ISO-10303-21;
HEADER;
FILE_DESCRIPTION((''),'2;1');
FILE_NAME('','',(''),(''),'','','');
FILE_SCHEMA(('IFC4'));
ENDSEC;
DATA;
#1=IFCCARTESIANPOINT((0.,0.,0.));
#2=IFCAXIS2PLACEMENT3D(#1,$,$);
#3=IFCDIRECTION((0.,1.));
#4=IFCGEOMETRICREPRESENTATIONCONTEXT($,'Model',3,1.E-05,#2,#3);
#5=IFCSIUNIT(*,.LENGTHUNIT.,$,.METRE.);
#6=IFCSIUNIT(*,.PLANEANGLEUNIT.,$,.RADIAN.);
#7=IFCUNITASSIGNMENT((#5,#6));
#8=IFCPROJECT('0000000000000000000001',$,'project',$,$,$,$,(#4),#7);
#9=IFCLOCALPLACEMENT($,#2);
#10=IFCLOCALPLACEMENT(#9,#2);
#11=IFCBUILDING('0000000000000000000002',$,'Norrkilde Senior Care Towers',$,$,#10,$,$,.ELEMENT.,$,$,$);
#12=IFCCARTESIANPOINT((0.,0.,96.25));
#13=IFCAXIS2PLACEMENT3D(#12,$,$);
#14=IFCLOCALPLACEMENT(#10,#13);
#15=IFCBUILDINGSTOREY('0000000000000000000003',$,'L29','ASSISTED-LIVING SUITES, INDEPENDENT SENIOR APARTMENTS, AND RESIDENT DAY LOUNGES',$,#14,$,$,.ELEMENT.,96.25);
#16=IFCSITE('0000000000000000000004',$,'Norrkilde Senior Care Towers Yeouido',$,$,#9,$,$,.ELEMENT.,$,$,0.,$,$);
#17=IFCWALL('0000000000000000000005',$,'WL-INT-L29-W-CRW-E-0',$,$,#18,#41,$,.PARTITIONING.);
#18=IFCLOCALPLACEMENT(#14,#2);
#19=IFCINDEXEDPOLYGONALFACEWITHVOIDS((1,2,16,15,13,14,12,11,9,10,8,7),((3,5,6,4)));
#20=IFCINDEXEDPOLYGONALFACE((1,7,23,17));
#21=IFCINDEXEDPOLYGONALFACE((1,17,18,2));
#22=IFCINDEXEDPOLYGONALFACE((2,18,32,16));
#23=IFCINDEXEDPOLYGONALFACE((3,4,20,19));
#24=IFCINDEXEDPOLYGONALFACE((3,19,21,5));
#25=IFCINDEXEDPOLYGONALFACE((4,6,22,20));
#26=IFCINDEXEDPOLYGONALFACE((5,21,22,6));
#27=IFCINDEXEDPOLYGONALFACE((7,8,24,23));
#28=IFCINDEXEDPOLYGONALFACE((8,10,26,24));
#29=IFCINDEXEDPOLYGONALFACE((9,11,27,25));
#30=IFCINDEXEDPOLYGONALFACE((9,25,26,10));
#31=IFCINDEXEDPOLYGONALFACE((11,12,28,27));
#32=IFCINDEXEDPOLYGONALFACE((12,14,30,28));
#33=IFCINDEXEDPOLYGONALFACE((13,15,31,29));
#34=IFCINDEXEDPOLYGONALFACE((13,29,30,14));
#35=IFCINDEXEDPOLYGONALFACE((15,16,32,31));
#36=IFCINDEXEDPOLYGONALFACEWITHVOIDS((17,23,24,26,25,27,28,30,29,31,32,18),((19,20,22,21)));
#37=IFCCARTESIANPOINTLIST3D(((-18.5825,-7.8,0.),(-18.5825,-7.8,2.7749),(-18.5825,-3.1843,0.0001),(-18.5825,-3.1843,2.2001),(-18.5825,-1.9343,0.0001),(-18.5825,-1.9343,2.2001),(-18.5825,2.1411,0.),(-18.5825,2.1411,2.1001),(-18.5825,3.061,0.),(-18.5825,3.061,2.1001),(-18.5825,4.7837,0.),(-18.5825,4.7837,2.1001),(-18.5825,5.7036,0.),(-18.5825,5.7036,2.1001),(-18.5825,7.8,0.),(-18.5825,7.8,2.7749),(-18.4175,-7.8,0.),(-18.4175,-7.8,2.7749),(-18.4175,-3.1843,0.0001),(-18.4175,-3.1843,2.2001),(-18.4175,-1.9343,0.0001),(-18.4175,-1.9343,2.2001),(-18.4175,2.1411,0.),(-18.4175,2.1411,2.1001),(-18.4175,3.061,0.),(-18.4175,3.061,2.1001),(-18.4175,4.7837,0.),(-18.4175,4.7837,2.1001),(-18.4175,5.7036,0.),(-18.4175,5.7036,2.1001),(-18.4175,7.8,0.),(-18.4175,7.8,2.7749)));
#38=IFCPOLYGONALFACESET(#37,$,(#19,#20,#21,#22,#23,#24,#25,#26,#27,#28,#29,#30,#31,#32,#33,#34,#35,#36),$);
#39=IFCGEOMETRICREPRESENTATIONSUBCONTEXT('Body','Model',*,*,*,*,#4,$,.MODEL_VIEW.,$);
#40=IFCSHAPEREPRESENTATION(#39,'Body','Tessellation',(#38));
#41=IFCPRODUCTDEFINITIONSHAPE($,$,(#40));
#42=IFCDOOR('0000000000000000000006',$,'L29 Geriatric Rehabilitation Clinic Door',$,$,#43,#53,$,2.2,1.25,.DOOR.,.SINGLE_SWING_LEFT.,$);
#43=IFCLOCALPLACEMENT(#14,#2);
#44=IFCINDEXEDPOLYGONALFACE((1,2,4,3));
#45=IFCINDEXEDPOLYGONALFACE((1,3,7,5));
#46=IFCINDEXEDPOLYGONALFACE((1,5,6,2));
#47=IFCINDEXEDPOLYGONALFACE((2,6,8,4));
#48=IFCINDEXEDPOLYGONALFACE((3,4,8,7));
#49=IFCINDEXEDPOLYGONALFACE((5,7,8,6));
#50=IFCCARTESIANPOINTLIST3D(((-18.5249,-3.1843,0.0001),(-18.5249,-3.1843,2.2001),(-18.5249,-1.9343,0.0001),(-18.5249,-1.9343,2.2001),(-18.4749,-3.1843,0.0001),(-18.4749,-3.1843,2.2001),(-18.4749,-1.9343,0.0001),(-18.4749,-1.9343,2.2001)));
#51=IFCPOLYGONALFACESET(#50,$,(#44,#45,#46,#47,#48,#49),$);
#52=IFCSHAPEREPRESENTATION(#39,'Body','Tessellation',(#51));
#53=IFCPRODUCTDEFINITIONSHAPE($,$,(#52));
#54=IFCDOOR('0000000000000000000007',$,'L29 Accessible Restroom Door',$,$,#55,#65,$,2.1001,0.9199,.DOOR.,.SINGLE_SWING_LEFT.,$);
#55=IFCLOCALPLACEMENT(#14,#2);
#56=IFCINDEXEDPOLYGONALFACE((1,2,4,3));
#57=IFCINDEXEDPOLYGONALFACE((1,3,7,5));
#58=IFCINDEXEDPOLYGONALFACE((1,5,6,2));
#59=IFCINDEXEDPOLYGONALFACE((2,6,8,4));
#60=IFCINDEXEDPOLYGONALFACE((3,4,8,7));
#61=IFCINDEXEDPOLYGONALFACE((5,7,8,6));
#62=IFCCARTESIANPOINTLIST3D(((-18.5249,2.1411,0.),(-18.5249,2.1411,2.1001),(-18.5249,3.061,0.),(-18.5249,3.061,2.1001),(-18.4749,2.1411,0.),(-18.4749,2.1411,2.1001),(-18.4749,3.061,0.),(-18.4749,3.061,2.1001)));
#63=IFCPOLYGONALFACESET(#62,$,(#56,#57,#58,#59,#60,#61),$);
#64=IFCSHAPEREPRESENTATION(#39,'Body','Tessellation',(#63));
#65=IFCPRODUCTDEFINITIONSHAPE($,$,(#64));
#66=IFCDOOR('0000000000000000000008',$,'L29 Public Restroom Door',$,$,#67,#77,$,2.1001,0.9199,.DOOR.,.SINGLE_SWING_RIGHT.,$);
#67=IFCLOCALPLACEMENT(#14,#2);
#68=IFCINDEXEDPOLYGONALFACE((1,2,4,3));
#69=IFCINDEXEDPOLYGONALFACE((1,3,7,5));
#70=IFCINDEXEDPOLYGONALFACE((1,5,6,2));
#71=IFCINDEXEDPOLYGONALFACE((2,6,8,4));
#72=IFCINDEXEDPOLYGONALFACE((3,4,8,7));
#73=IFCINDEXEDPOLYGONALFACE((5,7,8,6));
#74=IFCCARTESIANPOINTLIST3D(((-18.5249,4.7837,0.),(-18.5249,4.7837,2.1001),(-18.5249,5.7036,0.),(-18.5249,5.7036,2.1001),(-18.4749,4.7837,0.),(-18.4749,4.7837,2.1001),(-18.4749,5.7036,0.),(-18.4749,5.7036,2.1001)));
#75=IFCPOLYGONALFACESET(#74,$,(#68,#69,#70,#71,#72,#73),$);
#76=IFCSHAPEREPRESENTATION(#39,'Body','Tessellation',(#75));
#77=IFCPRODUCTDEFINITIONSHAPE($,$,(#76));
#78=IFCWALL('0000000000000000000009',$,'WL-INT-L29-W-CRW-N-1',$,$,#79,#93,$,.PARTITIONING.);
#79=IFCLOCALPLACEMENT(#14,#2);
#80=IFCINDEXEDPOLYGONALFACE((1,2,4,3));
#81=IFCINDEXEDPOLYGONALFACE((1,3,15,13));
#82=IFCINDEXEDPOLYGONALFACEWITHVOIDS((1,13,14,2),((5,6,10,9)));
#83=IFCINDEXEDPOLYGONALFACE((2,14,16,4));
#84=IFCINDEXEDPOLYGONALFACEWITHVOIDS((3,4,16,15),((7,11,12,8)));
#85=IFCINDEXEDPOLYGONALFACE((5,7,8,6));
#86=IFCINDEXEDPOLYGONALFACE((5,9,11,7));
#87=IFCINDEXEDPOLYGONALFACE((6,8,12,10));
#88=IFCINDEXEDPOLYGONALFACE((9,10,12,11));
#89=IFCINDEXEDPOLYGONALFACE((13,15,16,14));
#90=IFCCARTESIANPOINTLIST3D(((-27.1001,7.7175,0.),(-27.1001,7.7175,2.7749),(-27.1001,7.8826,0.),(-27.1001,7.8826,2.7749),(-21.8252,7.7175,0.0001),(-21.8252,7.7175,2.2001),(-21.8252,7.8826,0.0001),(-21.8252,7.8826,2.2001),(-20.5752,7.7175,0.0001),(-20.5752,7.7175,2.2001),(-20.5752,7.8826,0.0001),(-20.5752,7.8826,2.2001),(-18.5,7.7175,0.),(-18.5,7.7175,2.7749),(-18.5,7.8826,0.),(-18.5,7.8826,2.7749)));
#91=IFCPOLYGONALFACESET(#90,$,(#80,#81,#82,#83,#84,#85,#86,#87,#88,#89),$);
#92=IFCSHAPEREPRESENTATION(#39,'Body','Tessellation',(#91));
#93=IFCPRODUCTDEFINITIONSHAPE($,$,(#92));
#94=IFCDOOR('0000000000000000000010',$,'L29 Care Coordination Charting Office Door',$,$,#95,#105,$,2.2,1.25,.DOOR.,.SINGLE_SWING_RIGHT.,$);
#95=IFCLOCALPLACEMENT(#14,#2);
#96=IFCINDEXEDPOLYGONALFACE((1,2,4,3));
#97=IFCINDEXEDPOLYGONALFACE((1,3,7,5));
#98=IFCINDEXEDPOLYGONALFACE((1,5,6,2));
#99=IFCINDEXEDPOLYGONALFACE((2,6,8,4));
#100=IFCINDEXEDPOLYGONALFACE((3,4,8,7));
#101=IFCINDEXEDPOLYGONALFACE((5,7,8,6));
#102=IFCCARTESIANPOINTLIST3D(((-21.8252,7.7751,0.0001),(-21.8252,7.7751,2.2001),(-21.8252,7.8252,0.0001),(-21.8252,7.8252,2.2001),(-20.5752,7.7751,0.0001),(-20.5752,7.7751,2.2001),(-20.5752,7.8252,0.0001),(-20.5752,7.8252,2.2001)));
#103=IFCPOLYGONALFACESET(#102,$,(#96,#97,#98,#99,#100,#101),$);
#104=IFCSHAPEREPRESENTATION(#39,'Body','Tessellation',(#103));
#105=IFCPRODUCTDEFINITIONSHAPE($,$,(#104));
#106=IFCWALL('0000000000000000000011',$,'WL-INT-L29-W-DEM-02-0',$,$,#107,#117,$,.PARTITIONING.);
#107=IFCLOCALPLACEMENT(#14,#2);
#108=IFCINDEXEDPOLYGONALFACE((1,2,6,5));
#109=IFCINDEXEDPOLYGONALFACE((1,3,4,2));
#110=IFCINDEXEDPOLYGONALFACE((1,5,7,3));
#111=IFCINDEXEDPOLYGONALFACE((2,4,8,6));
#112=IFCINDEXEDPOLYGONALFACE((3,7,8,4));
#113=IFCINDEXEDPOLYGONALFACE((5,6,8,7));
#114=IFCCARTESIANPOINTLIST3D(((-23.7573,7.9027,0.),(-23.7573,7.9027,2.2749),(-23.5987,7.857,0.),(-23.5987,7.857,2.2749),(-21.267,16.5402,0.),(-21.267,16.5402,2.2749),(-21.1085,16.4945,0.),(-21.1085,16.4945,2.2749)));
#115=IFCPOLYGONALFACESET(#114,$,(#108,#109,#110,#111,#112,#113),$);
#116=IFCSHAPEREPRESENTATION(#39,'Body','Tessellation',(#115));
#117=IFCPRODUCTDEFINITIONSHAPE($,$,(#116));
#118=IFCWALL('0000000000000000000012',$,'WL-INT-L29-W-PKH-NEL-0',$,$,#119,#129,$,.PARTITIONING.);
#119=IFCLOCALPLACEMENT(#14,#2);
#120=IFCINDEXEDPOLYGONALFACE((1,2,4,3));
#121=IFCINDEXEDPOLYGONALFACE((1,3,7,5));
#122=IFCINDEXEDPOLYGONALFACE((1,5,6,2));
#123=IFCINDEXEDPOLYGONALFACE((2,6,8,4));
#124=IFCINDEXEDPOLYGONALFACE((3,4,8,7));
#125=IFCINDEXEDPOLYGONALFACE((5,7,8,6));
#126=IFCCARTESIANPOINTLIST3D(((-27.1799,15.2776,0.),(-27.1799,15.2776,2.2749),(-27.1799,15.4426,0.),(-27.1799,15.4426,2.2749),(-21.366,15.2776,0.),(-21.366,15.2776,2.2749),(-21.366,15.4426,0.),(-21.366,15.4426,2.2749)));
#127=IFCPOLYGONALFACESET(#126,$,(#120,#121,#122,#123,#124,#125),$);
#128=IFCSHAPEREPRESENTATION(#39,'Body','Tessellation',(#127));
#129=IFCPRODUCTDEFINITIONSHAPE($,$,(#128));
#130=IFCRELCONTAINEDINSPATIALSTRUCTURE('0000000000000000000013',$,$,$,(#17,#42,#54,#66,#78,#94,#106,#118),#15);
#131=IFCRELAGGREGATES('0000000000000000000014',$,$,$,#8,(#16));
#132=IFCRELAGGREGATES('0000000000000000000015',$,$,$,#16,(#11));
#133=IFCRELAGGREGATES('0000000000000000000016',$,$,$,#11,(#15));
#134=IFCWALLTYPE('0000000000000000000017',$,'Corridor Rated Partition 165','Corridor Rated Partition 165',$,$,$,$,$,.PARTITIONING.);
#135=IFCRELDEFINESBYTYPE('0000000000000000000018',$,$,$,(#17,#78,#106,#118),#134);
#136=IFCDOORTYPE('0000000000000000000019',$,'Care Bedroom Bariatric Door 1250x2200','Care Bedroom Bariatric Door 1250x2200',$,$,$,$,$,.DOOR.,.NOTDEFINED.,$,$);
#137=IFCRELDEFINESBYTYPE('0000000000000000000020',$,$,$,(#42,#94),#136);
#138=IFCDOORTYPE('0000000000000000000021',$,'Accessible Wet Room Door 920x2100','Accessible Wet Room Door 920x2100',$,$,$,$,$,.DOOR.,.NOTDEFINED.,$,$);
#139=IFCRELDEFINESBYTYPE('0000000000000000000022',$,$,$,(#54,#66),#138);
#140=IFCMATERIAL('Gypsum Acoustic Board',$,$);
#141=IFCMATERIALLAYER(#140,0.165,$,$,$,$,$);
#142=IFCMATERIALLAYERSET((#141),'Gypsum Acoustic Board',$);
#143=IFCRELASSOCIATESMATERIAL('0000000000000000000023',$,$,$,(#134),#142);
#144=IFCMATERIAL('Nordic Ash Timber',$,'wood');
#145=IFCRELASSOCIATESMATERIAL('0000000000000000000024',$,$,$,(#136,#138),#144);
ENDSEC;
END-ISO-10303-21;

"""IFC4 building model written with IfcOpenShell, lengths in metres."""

from ifc_helpers import new_model, si_unit, direction, frame, frame_2d, origin, place, context, subcontext, project, spatial, rectangle, extrude, source, transform, mapped, material, layer, layer_set, type_object, type_shapes, element, fill, save


model = new_model("IFC4")

# Units and contexts
model_context = context("Model", 3, precision=1e-05, world=origin(), true_north=direction((0.0, 1.0)))
body_context = subcontext(model_context, "Body", "Model", "MODEL_VIEW")
ifc_project = project(units=[si_unit("LENGTHUNIT", "METRE"), si_unit("PLANEANGLEUNIT", "RADIAN")], contexts=[model_context])

# Site, building, storey
site_placement = place(None, origin())
site = spatial("IfcSite", under=ifc_project, at=site_placement, Name="Norrkilde Senior Care Towers Yeouido", CompositionType="ELEMENT", RefElevation=0.0)
building_placement = place(site_placement, origin())
building = spatial("IfcBuilding", under=site, at=building_placement, Name="Norrkilde Senior Care Towers", CompositionType="ELEMENT")
storey_placement = place(building_placement, frame((0.0, 0.0, 96.25)))
storey = spatial("IfcBuildingStorey", under=building, at=storey_placement, Name="L29", Description="ASSISTED-LIVING SUITES, INDEPENDENT SENIOR APARTMENTS, AND RESIDENT DAY LOUNGES", CompositionType="ELEMENT", Elevation=96.25)

# Wall, openings, doors
ifc_material_1 = material(Name="Gypsum Acoustic Board")
ifc_layer_1 = layer(ifc_material_1, 0.165)
ifc_layer_set_1 = layer_set([ifc_layer_1], Name="Gypsum Acoustic Board")
wall_type = type_object("IfcWallType", Name="Corridor Rated Partition 165", Description="Corridor Rated Partition 165", PredefinedType="PARTITIONING", material=ifc_layer_set_1)
shared_shape_1 = source(origin(), body_context, "Body", "SweptSolid", [
    extrude(rectangle(XDim=15.6001, YDim=0.165, at=frame_2d((7.8, 0.0))), origin(), (0.0, 0.0, 1.0), 2.7749),
])
wall_1_placement = place(storey_placement, frame((-18.5, 7.8, 0.0), z_axis=(0.0, 0.0, 1.0), x_axis=(0.0, -1.0, 0.0)))
wall_1 = element("IfcWall", 1, at=wall_1_placement, inside=storey, type_object=wall_type, Name="WL-INT-L29-W-CRW-E-0", PredefinedType="PARTITIONING", context=body_context, shape_type="MappedRepresentation", body=[
    mapped(shared_shape_1, transform((0.0, 0.0, 0.0), x_axis=(1.0, 0.0, 0.0), y_axis=(0.0, 1.0, 0.0), z_axis=(0.0, 0.0, 1.0), scale=1.0)),
])
opening_1_placement = place(wall_1_placement, frame((9.7344, 0.0, 0.0)))
opening_1 = element("IfcOpeningElement", 2, at=opening_1_placement, cuts=wall_1, PredefinedType="OPENING", context=body_context, shape_type="SweptSolid", body=[
    extrude(rectangle(XDim=1.25, YDim=2.2, at=frame_2d((0.625, 1.1001))), frame((0.0, 0.0925, 0.0), z_axis=(0.0, -1.0, 0.0), x_axis=(1.0, 0.0, 0.0)), (0.0, 0.0, 1.0), 0.1851),
])
opening_2_placement = place(wall_1_placement, frame((4.739, 0.0, 0.0)))
opening_2 = element("IfcOpeningElement", 3, at=opening_2_placement, cuts=wall_1, PredefinedType="OPENING", context=body_context, shape_type="SweptSolid", body=[
    extrude(rectangle(XDim=0.9199, YDim=2.1001, at=frame_2d((0.46, 1.05))), frame((0.0, 0.0925, 0.0), z_axis=(0.0, -1.0, 0.0), x_axis=(1.0, 0.0, 0.0)), (0.0, 0.0, 1.0), 0.1851),
])
opening_3_placement = place(wall_1_placement, frame((2.0964, 0.0, 0.0)))
opening_3 = element("IfcOpeningElement", 4, at=opening_3_placement, cuts=wall_1, PredefinedType="OPENING", context=body_context, shape_type="SweptSolid", body=[
    extrude(rectangle(XDim=0.9199, YDim=2.1001, at=frame_2d((0.46, 1.05))), frame((0.0, 0.0925, 0.0), z_axis=(0.0, -1.0, 0.0), x_axis=(1.0, 0.0, 0.0)), (0.0, 0.0, 1.0), 0.1851),
])
ifc_material_2 = material(Name="Nordic Ash Timber", Category="wood")
door_type_1 = type_object("IfcDoorType", Name="Care Bedroom Bariatric Door 1250x2200", Description="Care Bedroom Bariatric Door 1250x2200", OperationType="NOTDEFINED", PredefinedType="DOOR", material=ifc_material_2)
shared_shape_2 = source(origin(), body_context, "Body", "SweptSolid", [
    extrude(rectangle(XDim=1.25, YDim=2.2, at=frame_2d((0.625, 1.1001))), frame((0.0, 0.0249, 0.0), z_axis=(0.0, -1.0, 0.0), x_axis=(1.0, 0.0, 0.0)), (0.0, 0.0, 1.0), 0.05),
])
type_shapes(door_type_1, [shared_shape_2])
door_1_placement = place(opening_1_placement, frame((1.25, 0.0, 0.0), z_axis=(0.0, 0.0, 1.0), x_axis=(-1.0, 0.0, 0.0)))
door_1 = element("IfcDoor", 5, at=door_1_placement, inside=storey, type_object=door_type_1, Name="L29 Geriatric Rehabilitation Clinic Door", OperationType="SINGLE_SWING_LEFT", OverallHeight=2.2, OverallWidth=1.25, PredefinedType="DOOR", context=body_context, shape_type="MappedRepresentation", body=[
    mapped(shared_shape_2, transform((0.0, 0.0, 0.0), x_axis=(1.0, 0.0, 0.0), y_axis=(0.0, 1.0, 0.0), z_axis=(0.0, 0.0, 1.0), scale=1.0)),
])
fill(opening_1, door_1)
door_type_2 = type_object("IfcDoorType", Name="Accessible Wet Room Door 920x2100", Description="Accessible Wet Room Door 920x2100", OperationType="NOTDEFINED", PredefinedType="DOOR", material=ifc_material_2)
shared_shape_3 = source(origin(), body_context, "Body", "SweptSolid", [
    extrude(rectangle(XDim=0.9199, YDim=2.1001, at=frame_2d((0.46, 1.05))), frame((0.0, 0.0249, 0.0), z_axis=(0.0, -1.0, 0.0), x_axis=(1.0, 0.0, 0.0)), (0.0, 0.0, 1.0), 0.05),
])
type_shapes(door_type_2, [shared_shape_3])
door_2_placement = place(opening_2_placement, frame((0.9199, 0.0, 0.0), z_axis=(0.0, 0.0, 1.0), x_axis=(-1.0, 0.0, 0.0)))
door_2 = element("IfcDoor", 6, at=door_2_placement, inside=storey, type_object=door_type_2, Name="L29 Accessible Restroom Door", OperationType="SINGLE_SWING_LEFT", OverallHeight=2.1001, OverallWidth=0.9199, PredefinedType="DOOR", context=body_context, shape_type="MappedRepresentation", body=[
    mapped(shared_shape_3, transform((0.0, 0.0, 0.0), x_axis=(1.0, 0.0, 0.0), y_axis=(0.0, 1.0, 0.0), z_axis=(0.0, 0.0, 1.0), scale=1.0)),
])
fill(opening_2, door_2)
door_3_placement = place(opening_3_placement, frame((0.9199, 0.0, 0.0), z_axis=(0.0, 0.0, 1.0), x_axis=(-1.0, 0.0, 0.0)))
door_3 = element("IfcDoor", 7, at=door_3_placement, inside=storey, type_object=door_type_2, Name="L29 Public Restroom Door", OperationType="SINGLE_SWING_RIGHT", OverallHeight=2.1001, OverallWidth=0.9199, PredefinedType="DOOR", context=body_context, shape_type="MappedRepresentation", body=[
    mapped(shared_shape_3, transform((0.0, 0.0, 0.0), x_axis=(1.0, 0.0, 0.0), y_axis=(0.0, 1.0, 0.0), z_axis=(0.0, 0.0, 1.0), scale=1.0)),
])
fill(opening_3, door_3)

# Wall, opening, door
shared_shape_4 = source(origin(), body_context, "Body", "SweptSolid", [
    extrude(rectangle(XDim=8.6001, YDim=0.165, at=frame_2d((4.3, 0.0))), origin(), (0.0, 0.0, 1.0), 2.7749),
])
wall_2_placement = place(storey_placement, frame((-27.1001, 7.8, 0.0), z_axis=(0.0, 0.0, 1.0), x_axis=(1.0, 0.0, 0.0)))
wall_2 = element("IfcWall", 8, at=wall_2_placement, inside=storey, type_object=wall_type, Name="WL-INT-L29-W-CRW-N-1", PredefinedType="PARTITIONING", context=body_context, shape_type="MappedRepresentation", body=[
    mapped(shared_shape_4, transform((0.0, 0.0, 0.0), x_axis=(1.0, 0.0, 0.0), y_axis=(0.0, 1.0, 0.0), z_axis=(0.0, 0.0, 1.0), scale=1.0)),
])
opening_4_placement = place(wall_2_placement, frame((5.2749, 0.0, 0.0)))
opening_4 = element("IfcOpeningElement", 9, at=opening_4_placement, cuts=wall_2, PredefinedType="OPENING", context=body_context, shape_type="SweptSolid", body=[
    extrude(rectangle(XDim=1.25, YDim=2.2, at=frame_2d((0.625, 1.1001))), frame((0.0, 0.0925, 0.0), z_axis=(0.0, -1.0, 0.0), x_axis=(1.0, 0.0, 0.0)), (0.0, 0.0, 1.0), 0.1851),
])
door_4_placement = place(opening_4_placement, frame((1.25, 0.0, 0.0), z_axis=(0.0, 0.0, 1.0), x_axis=(-1.0, 0.0, 0.0)))
door_4 = element("IfcDoor", 10, at=door_4_placement, inside=storey, type_object=door_type_1, Name="L29 Care Coordination Charting Office Door", OperationType="SINGLE_SWING_RIGHT", OverallHeight=2.2, OverallWidth=1.25, PredefinedType="DOOR", context=body_context, shape_type="MappedRepresentation", body=[
    mapped(shared_shape_2, transform((0.0, 0.0, 0.0), x_axis=(1.0, 0.0, 0.0), y_axis=(0.0, 1.0, 0.0), z_axis=(0.0, 0.0, 1.0), scale=1.0)),
])
fill(opening_4, door_4)

# Walls
shared_shape_5 = source(origin(), body_context, "Body", "SweptSolid", [
    extrude(rectangle(XDim=8.9893, YDim=0.165, at=frame_2d((4.4946, 0.0))), origin(), (0.0, 0.0, 1.0), 2.2749),
])
wall_3_placement = place(storey_placement, frame((-23.678, 7.8799, 0.0), z_axis=(0.0, 0.0, 1.0), x_axis=(0.277023, 0.960863, 0.0)))
element("IfcWall", 11, at=wall_3_placement, inside=storey, type_object=wall_type, Name="WL-INT-L29-W-DEM-02-0", PredefinedType="PARTITIONING", context=body_context, shape_type="MappedRepresentation", body=[
    mapped(shared_shape_5, transform((0.0, 0.0, 0.0), x_axis=(1.0, 0.0, 0.0), y_axis=(0.0, 1.0, 0.0), z_axis=(0.0, 0.0, 1.0), scale=1.0)),
])
shared_shape_6 = source(origin(), body_context, "Body", "SweptSolid", [
    extrude(rectangle(XDim=5.814, YDim=0.165, at=frame_2d((2.907, 0.0))), origin(), (0.0, 0.0, 1.0), 2.2749),
])
type_shapes(wall_type, [shared_shape_1, shared_shape_4, shared_shape_5, shared_shape_6])
wall_4_placement = place(storey_placement, frame((-27.1799, 15.3601, 0.0), z_axis=(0.0, 0.0, 1.0), x_axis=(1.0, 0.0, 0.0)))
element("IfcWall", 12, at=wall_4_placement, inside=storey, type_object=wall_type, Name="WL-INT-L29-W-PKH-NEL-0", PredefinedType="PARTITIONING", context=body_context, shape_type="MappedRepresentation", body=[
    mapped(shared_shape_6, transform((0.0, 0.0, 0.0), x_axis=(1.0, 0.0, 0.0), y_axis=(0.0, 1.0, 0.0), z_axis=(0.0, 0.0, 1.0), scale=1.0)),
])

save(model, "model.ifc")
